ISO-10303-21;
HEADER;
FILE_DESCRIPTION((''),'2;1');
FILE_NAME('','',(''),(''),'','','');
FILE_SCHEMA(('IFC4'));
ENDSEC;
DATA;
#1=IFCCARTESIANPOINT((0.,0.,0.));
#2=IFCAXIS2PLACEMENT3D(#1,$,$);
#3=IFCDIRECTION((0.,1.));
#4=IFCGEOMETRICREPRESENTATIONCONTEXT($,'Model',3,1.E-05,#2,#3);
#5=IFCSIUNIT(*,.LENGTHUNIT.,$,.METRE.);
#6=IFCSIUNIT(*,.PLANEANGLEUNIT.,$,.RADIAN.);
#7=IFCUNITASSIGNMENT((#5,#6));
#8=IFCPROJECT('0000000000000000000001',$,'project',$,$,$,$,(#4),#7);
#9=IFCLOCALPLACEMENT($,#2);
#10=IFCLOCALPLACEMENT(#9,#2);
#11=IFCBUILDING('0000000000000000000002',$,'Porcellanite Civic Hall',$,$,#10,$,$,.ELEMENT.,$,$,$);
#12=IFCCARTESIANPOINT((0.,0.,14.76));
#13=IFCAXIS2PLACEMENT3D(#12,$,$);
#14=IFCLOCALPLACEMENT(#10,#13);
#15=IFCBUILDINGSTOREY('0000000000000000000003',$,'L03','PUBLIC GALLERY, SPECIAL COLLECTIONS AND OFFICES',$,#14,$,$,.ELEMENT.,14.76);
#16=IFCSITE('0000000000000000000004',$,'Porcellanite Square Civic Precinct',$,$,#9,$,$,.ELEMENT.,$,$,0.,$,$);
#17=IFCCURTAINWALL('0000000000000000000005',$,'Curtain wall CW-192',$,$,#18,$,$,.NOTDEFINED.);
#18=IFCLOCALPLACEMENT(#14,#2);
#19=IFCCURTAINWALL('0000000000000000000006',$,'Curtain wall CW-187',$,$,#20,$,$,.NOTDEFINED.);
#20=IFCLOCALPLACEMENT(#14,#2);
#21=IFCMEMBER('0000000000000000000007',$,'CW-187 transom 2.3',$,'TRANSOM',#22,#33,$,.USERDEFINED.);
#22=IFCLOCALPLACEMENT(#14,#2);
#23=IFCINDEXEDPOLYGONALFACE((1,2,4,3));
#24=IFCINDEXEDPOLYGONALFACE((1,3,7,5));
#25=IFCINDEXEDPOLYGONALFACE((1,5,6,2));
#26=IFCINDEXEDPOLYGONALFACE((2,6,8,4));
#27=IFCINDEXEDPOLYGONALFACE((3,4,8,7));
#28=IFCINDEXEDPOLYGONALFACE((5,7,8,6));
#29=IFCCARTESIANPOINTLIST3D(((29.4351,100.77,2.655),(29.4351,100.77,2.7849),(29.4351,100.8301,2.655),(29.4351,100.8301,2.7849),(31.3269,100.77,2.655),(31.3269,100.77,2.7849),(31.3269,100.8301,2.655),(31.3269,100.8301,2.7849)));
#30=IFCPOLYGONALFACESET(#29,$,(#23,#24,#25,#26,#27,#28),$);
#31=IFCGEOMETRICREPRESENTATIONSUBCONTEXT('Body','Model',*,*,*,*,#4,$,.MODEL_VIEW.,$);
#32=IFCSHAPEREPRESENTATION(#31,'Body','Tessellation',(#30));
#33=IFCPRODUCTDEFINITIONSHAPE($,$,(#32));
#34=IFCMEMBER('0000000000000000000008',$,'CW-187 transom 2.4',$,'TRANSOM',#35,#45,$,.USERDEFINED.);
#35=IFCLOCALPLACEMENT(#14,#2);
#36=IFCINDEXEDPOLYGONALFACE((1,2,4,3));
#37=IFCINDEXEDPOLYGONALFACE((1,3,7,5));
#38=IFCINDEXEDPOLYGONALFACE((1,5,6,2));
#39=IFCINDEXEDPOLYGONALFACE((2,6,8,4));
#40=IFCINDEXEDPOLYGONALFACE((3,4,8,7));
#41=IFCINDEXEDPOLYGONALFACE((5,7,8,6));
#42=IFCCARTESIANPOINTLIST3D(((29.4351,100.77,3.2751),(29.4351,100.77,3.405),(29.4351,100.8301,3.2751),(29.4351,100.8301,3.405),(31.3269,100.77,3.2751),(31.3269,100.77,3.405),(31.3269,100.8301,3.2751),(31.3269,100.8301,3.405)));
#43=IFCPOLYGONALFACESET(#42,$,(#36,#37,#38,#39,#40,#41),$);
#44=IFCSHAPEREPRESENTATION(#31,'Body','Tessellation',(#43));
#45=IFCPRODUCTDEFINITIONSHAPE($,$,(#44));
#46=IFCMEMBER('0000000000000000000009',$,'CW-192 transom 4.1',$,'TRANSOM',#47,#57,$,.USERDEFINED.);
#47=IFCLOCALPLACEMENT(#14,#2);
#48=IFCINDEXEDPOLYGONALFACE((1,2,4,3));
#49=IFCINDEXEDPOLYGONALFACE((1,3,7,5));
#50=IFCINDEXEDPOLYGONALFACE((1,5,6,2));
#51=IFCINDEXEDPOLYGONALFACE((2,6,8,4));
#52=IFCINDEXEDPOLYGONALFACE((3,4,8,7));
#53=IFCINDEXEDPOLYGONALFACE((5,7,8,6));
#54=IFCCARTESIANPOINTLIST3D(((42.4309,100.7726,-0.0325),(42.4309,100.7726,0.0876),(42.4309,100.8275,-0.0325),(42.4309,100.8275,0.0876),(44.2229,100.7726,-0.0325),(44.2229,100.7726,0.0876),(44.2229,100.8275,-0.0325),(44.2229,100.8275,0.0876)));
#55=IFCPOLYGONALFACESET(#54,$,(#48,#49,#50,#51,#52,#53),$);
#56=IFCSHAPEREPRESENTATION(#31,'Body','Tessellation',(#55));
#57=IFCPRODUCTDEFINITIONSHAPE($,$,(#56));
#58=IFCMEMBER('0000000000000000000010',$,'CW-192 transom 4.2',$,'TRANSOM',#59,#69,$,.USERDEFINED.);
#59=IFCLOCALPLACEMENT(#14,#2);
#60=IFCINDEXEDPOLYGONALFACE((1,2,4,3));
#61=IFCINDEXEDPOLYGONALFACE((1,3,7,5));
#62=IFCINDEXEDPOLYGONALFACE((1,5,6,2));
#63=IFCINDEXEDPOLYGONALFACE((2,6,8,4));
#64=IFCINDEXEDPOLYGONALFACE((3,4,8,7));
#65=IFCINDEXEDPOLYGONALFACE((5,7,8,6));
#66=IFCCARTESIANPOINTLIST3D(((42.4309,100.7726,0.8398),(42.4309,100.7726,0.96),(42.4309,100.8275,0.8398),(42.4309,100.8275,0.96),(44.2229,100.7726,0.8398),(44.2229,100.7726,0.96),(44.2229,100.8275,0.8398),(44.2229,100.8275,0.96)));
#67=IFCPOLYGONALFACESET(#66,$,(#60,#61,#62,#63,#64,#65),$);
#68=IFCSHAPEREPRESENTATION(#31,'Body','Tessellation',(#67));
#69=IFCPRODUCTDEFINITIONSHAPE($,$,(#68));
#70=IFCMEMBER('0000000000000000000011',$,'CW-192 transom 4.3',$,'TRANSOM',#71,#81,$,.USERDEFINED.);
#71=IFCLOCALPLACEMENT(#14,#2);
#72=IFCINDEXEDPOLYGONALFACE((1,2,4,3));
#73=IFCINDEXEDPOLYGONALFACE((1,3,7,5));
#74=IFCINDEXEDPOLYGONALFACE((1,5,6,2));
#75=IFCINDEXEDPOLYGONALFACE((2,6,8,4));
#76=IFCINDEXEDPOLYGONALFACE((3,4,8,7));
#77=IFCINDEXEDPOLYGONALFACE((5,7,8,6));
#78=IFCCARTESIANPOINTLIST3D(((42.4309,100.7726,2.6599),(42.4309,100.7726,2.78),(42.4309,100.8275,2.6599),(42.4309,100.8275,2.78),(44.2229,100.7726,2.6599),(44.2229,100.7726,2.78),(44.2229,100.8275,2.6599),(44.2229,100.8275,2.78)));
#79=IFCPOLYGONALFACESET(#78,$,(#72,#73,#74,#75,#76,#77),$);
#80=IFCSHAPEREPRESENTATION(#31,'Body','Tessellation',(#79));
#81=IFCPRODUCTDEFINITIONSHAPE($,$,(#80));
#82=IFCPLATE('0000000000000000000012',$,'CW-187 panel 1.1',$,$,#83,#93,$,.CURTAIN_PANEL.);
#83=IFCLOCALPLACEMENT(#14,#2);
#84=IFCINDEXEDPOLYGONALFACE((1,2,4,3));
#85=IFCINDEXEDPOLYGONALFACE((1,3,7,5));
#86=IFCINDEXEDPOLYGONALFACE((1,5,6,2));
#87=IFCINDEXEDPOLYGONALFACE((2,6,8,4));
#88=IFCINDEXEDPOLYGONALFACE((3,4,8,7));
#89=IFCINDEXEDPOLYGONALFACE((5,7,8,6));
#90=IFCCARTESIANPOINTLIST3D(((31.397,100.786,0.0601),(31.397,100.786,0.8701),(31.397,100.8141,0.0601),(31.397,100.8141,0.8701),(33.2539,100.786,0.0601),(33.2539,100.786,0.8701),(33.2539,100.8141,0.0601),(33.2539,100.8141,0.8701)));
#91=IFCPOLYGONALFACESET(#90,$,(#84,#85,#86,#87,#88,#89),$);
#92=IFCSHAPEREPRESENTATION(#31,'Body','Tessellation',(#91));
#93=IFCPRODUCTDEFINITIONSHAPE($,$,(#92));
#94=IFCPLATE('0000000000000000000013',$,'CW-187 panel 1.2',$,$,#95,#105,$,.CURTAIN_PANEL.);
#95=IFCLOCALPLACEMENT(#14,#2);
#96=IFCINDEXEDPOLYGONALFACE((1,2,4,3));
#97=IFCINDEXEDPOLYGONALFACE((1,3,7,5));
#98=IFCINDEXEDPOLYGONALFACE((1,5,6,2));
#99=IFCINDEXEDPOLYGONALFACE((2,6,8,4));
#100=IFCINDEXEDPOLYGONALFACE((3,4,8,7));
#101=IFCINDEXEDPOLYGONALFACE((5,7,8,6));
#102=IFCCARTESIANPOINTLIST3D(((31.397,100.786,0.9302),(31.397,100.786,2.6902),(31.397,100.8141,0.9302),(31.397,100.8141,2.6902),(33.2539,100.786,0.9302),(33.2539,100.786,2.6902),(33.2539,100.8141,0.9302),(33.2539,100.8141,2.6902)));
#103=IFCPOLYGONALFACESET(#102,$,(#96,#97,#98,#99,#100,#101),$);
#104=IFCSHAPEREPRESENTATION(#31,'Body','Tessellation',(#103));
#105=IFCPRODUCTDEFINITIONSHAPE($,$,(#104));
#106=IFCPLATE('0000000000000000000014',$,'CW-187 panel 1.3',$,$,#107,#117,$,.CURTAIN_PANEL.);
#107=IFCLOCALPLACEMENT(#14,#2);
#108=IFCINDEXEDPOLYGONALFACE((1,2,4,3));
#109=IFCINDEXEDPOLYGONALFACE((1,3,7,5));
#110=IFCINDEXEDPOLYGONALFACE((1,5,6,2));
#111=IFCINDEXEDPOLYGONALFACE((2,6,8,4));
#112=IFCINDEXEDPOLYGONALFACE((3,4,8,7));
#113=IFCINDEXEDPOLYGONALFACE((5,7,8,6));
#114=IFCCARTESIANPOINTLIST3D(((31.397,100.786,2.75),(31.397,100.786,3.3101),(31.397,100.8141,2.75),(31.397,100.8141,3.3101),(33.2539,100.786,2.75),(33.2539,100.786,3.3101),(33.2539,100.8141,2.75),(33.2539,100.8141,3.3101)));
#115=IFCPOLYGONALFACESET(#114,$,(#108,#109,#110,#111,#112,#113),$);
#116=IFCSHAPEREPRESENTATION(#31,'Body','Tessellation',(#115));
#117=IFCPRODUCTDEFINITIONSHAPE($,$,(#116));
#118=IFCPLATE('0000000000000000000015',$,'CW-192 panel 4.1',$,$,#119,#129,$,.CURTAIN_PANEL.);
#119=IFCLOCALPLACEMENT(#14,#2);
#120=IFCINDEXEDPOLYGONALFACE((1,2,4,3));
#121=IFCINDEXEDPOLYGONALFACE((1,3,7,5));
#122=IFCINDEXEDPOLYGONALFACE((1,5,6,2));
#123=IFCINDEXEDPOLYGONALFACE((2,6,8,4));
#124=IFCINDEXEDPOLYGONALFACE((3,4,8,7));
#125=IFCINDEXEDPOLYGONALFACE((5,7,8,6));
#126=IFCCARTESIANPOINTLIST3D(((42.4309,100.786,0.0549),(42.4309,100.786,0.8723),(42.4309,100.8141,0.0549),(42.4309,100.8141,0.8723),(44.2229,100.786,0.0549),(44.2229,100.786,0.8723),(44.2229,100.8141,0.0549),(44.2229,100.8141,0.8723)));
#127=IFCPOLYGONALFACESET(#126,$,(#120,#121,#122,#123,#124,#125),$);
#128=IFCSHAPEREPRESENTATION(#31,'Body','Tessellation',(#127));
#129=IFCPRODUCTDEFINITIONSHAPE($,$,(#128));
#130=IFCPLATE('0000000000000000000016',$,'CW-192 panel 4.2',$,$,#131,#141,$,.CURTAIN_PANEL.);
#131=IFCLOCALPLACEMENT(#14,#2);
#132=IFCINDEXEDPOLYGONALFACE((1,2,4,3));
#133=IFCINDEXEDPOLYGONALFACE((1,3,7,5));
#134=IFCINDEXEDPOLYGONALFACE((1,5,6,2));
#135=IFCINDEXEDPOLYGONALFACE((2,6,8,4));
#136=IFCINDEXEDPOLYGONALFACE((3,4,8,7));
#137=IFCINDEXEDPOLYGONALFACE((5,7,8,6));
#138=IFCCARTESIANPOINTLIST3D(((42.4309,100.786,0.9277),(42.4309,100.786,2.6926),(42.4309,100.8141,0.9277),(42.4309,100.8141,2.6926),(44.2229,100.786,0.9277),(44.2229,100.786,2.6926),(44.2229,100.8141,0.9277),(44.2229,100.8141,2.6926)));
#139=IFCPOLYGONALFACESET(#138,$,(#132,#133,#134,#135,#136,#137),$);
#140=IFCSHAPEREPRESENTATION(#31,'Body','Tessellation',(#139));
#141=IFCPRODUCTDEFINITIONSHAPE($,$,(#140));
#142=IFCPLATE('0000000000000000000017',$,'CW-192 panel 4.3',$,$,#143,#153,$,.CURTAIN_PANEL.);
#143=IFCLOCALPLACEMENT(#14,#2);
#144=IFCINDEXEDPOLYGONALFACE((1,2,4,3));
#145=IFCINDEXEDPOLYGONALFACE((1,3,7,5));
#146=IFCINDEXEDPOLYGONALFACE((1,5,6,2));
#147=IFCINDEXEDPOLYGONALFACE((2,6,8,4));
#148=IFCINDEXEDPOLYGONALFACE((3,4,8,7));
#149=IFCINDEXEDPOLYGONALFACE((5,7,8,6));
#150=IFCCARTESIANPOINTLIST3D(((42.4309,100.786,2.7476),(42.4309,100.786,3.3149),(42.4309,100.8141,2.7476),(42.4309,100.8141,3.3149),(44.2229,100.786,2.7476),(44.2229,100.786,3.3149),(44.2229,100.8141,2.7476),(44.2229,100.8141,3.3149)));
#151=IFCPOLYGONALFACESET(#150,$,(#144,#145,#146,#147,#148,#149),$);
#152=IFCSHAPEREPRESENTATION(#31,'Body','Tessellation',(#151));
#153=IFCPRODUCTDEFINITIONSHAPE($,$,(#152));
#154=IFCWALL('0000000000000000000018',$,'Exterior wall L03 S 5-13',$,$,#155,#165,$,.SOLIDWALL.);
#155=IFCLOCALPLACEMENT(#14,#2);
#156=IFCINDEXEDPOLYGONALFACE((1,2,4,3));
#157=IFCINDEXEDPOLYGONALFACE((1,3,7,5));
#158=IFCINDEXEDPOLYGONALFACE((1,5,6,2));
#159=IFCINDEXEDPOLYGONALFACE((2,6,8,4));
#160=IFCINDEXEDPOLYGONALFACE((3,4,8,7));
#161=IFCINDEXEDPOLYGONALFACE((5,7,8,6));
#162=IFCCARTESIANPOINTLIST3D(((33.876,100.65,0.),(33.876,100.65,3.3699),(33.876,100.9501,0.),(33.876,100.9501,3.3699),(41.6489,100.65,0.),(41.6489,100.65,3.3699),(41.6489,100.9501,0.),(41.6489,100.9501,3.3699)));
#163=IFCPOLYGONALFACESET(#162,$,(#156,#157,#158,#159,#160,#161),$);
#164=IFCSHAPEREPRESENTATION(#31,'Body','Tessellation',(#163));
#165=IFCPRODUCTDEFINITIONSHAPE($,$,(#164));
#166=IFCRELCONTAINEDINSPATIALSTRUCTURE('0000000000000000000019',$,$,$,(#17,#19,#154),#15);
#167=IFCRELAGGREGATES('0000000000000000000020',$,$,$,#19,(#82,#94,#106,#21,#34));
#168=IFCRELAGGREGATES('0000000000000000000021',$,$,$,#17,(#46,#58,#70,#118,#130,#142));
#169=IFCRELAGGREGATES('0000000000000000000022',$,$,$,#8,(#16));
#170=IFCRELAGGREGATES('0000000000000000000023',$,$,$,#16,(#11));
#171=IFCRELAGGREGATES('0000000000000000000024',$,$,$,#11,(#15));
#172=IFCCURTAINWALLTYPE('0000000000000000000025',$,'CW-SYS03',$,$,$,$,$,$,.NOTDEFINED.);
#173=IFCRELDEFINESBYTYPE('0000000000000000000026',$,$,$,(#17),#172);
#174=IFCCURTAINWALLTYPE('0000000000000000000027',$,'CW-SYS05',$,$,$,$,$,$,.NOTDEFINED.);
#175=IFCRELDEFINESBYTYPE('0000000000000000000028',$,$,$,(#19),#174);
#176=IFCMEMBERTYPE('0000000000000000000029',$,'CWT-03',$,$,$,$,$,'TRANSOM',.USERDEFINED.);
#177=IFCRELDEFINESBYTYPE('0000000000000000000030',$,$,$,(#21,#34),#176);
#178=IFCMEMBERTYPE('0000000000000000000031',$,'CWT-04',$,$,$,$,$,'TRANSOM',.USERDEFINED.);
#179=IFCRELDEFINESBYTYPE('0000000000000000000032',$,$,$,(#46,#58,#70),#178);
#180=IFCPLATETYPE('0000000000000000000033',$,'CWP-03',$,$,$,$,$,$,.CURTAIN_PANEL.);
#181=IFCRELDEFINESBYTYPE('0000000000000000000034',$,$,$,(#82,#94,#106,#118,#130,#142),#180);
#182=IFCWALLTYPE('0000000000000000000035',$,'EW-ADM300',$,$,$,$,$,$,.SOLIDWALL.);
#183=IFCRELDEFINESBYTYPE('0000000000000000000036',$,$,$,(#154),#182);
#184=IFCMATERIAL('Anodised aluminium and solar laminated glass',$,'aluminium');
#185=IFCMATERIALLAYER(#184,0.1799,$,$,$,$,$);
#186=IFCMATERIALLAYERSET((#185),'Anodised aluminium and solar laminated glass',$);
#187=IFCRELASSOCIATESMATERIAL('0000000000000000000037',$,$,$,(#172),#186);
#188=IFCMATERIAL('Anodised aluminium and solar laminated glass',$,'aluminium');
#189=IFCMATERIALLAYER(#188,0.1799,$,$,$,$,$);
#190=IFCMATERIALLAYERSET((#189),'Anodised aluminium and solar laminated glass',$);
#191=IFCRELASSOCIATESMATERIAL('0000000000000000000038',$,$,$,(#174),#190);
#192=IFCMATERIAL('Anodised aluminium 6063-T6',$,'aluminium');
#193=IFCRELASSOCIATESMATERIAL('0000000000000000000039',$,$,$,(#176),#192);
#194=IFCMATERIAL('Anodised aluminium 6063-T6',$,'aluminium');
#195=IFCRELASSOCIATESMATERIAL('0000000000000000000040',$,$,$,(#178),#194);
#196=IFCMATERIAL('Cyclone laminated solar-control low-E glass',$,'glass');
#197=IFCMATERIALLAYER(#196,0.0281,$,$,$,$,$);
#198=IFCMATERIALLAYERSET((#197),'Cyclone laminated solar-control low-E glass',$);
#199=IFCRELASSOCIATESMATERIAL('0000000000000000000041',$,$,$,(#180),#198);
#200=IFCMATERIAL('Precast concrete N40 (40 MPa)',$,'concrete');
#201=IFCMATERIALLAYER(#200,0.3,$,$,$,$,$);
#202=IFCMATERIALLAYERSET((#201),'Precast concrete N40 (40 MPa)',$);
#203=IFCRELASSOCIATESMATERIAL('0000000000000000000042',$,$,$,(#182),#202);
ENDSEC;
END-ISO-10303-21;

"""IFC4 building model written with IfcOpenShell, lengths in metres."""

from ifc_helpers import new_model, si_unit, direction, frame, frame_2d, origin, origin_2d, place, context, subcontext, project, spatial, rectangle, extrude, material, layer, layer_set, material_profile, profile_set, type_object, element, aggregate, save


model = new_model("IFC4")

# Units and contexts
model_context = context("Model", 3, precision=1e-05, world=origin(), true_north=direction((0.0, 1.0)))
body_context = subcontext(model_context, "Body", "Model", "MODEL_VIEW")
ifc_project = project(units=[si_unit("LENGTHUNIT", "METRE"), si_unit("PLANEANGLEUNIT", "RADIAN")], contexts=[model_context])

# Site, building, storey
site_placement = place(None, origin())
site = spatial("IfcSite", under=ifc_project, at=site_placement, Name="Porcellanite Square Civic Precinct", CompositionType="ELEMENT", RefElevation=0.0)
building_placement = place(site_placement, origin())
building = spatial("IfcBuilding", under=site, at=building_placement, Name="Porcellanite Civic Hall", CompositionType="ELEMENT")
storey_placement = place(building_placement, frame((0.0, 0.0, 14.76)))
storey = spatial("IfcBuildingStorey", under=building, at=storey_placement, Name="L03", Description="PUBLIC GALLERY, SPECIAL COLLECTIONS AND OFFICES", CompositionType="ELEMENT", Elevation=14.76)

# Curtain wall
ifc_material_1 = material(Name="Anodised aluminium and solar laminated glass", Category="aluminium")
ifc_layer_1 = layer(ifc_material_1, 0.1799)
ifc_layer_set_1 = layer_set([ifc_layer_1], Name="Anodised aluminium and solar laminated glass")
curtain_wall_type_1 = type_object("IfcCurtainWallType", Name="CW-SYS03", PredefinedType="NOTDEFINED", material=ifc_layer_set_1)
curtain_wall_1_placement = place(storey_placement, origin())
curtain_wall_1 = element("IfcCurtainWall", 1, at=curtain_wall_1_placement, inside=storey, type_object=curtain_wall_type_1, Name="Curtain wall CW-192", PredefinedType="NOTDEFINED")

# Curtain wall, members
ifc_material_2 = material(Name="Anodised aluminium and solar laminated glass", Category="aluminium")
ifc_layer_2 = layer(ifc_material_2, 0.1799)
ifc_layer_set_2 = layer_set([ifc_layer_2], Name="Anodised aluminium and solar laminated glass")
curtain_wall_type_2 = type_object("IfcCurtainWallType", Name="CW-SYS05", PredefinedType="NOTDEFINED", material=ifc_layer_set_2)
curtain_wall_2_placement = place(storey_placement, origin())
curtain_wall_2 = element("IfcCurtainWall", 2, at=curtain_wall_2_placement, inside=storey, type_object=curtain_wall_type_2, Name="Curtain wall CW-187", PredefinedType="NOTDEFINED")
ifc_material_3 = material(Name="Anodised aluminium 6063-T6", Category="aluminium")
ifc_material_profile_1 = material_profile(ifc_material_3, rectangle(XDim=0.0601, YDim=0.1299, at=origin_2d()), Name="AL-60x130")
ifc_profile_set_1 = profile_set([ifc_material_profile_1], Name="Anodised aluminium 6063-T6")
member_type_1 = type_object("IfcMemberType", Name="CWT-03", ElementType="TRANSOM", PredefinedType="USERDEFINED", material=ifc_profile_set_1)
member_1_placement = place(storey_placement, frame((31.3269, 100.8, 2.72), z_axis=(-1.0, 0.0, 0.0), x_axis=(0.0, -1.0, 0.0)))
member_1 = element("IfcMember", 3, at=member_1_placement, type_object=member_type_1, Name="CW-187 transom 2.3", ObjectType="TRANSOM", PredefinedType="USERDEFINED", context=body_context, shape_type="SweptSolid", body=[
    extrude(rectangle(XDim=0.0601, YDim=0.1299, at=origin_2d()), origin(), (0.0, 0.0, 1.0), 1.8918),
])
member_2_placement = place(storey_placement, frame((31.3269, 100.8, 3.3401), z_axis=(-1.0, 0.0, 0.0), x_axis=(0.0, -1.0, 0.0)))
member_2 = element("IfcMember", 4, at=member_2_placement, type_object=member_type_1, Name="CW-187 transom 2.4", ObjectType="TRANSOM", PredefinedType="USERDEFINED", context=body_context, shape_type="SweptSolid", body=[
    extrude(rectangle(XDim=0.0601, YDim=0.1299, at=origin_2d()), origin(), (0.0, 0.0, 1.0), 1.8918),
])

# Members
ifc_material_4 = material(Name="Anodised aluminium 6063-T6", Category="aluminium")
ifc_material_profile_2 = material_profile(ifc_material_4, rectangle(XDim=0.0549, YDim=0.1201, at=origin_2d()), Name="AL-55x120")
ifc_profile_set_2 = profile_set([ifc_material_profile_2], Name="Anodised aluminium 6063-T6")
member_type_2 = type_object("IfcMemberType", Name="CWT-04", ElementType="TRANSOM", PredefinedType="USERDEFINED", material=ifc_profile_set_2)
member_3_placement = place(storey_placement, frame((44.2229, 100.8, 0.0276), z_axis=(-1.0, 0.0, 0.0), x_axis=(0.0, -1.0, 0.0)))
member_3 = element("IfcMember", 5, at=member_3_placement, type_object=member_type_2, Name="CW-192 transom 4.1", ObjectType="TRANSOM", PredefinedType="USERDEFINED", context=body_context, shape_type="SweptSolid", body=[
    extrude(rectangle(XDim=0.0549, YDim=0.1201, at=origin_2d()), origin(), (0.0, 0.0, 1.0), 1.792),
])
member_4_placement = place(storey_placement, frame((44.2229, 100.8, 0.8999), z_axis=(-1.0, 0.0, 0.0), x_axis=(0.0, -1.0, 0.0)))
member_4 = element("IfcMember", 6, at=member_4_placement, type_object=member_type_2, Name="CW-192 transom 4.2", ObjectType="TRANSOM", PredefinedType="USERDEFINED", context=body_context, shape_type="SweptSolid", body=[
    extrude(rectangle(XDim=0.0549, YDim=0.1201, at=origin_2d()), origin(), (0.0, 0.0, 1.0), 1.792),
])
member_5_placement = place(storey_placement, frame((44.2229, 100.8, 2.72), z_axis=(-1.0, 0.0, 0.0), x_axis=(0.0, -1.0, 0.0)))
member_5 = element("IfcMember", 7, at=member_5_placement, type_object=member_type_2, Name="CW-192 transom 4.3", ObjectType="TRANSOM", PredefinedType="USERDEFINED", context=body_context, shape_type="SweptSolid", body=[
    extrude(rectangle(XDim=0.0549, YDim=0.1201, at=origin_2d()), origin(), (0.0, 0.0, 1.0), 1.792),
])

# Plates
ifc_material_5 = material(Name="Cyclone laminated solar-control low-E glass", Category="glass")
ifc_layer_3 = layer(ifc_material_5, 0.0281)
ifc_layer_set_3 = layer_set([ifc_layer_3], Name="Cyclone laminated solar-control low-E glass")
plate_type = type_object("IfcPlateType", Name="CWP-03", PredefinedType="CURTAIN_PANEL", material=ifc_layer_set_3)
plate_1_placement = place(storey_placement, frame((32.3254, 100.8, 0.0601), z_axis=(0.0, 0.0, 1.0), x_axis=(-1.0, 0.0, 0.0)))
plate_1 = element("IfcPlate", 8, at=plate_1_placement, type_object=plate_type, Name="CW-187 panel 1.1", PredefinedType="CURTAIN_PANEL", context=body_context, shape_type="SweptSolid", body=[
    extrude(rectangle(XDim=1.8569, YDim=0.0281, at=origin_2d()), origin(), (0.0, 0.0, 1.0), 0.8101),
])
plate_2_placement = place(storey_placement, frame((32.3254, 100.8, 0.9302), z_axis=(0.0, 0.0, 1.0), x_axis=(-1.0, 0.0, 0.0)))
plate_2 = element("IfcPlate", 9, at=plate_2_placement, type_object=plate_type, Name="CW-187 panel 1.2", PredefinedType="CURTAIN_PANEL", context=body_context, shape_type="SweptSolid", body=[
    extrude(rectangle(XDim=1.8569, YDim=0.0281, at=origin_2d()), origin(), (0.0, 0.0, 1.0), 1.76),
])
plate_3_placement = place(storey_placement, frame((32.3254, 100.8, 2.75), z_axis=(0.0, 0.0, 1.0), x_axis=(-1.0, 0.0, 0.0)))
plate_3 = element("IfcPlate", 10, at=plate_3_placement, type_object=plate_type, Name="CW-187 panel 1.3", PredefinedType="CURTAIN_PANEL", context=body_context, shape_type="SweptSolid", body=[
    extrude(rectangle(XDim=1.8569, YDim=0.0281, at=origin_2d()), origin(), (0.0, 0.0, 1.0), 0.5601),
])
aggregate(curtain_wall_2, [plate_1, plate_2, plate_3, member_1, member_2])
plate_4_placement = place(storey_placement, frame((43.3269, 100.8, 0.0549), z_axis=(0.0, 0.0, 1.0), x_axis=(-1.0, 0.0, 0.0)))
plate_4 = element("IfcPlate", 11, at=plate_4_placement, type_object=plate_type, Name="CW-192 panel 4.1", PredefinedType="CURTAIN_PANEL", context=body_context, shape_type="SweptSolid", body=[
    extrude(rectangle(XDim=1.792, YDim=0.0281, at=origin_2d()), origin(), (0.0, 0.0, 1.0), 0.8174),
])
plate_5_placement = place(storey_placement, frame((43.3269, 100.8, 0.9277), z_axis=(0.0, 0.0, 1.0), x_axis=(-1.0, 0.0, 0.0)))
plate_5 = element("IfcPlate", 12, at=plate_5_placement, type_object=plate_type, Name="CW-192 panel 4.2", PredefinedType="CURTAIN_PANEL", context=body_context, shape_type="SweptSolid", body=[
    extrude(rectangle(XDim=1.792, YDim=0.0281, at=origin_2d()), origin(), (0.0, 0.0, 1.0), 1.7649),
])
plate_6_placement = place(storey_placement, frame((43.3269, 100.8, 2.7476), z_axis=(0.0, 0.0, 1.0), x_axis=(-1.0, 0.0, 0.0)))
plate_6 = element("IfcPlate", 13, at=plate_6_placement, type_object=plate_type, Name="CW-192 panel 4.3", PredefinedType="CURTAIN_PANEL", context=body_context, shape_type="SweptSolid", body=[
    extrude(rectangle(XDim=1.792, YDim=0.0281, at=origin_2d()), origin(), (0.0, 0.0, 1.0), 0.5674),
])
aggregate(curtain_wall_1, [member_3, member_4, member_5, plate_4, plate_5, plate_6])

# Wall
ifc_material_6 = material(Name="Precast concrete N40 (40 MPa)", Category="concrete")
ifc_layer_4 = layer(ifc_material_6, 0.3)
ifc_layer_set_4 = layer_set([ifc_layer_4], Name="Precast concrete N40 (40 MPa)")
wall_type = type_object("IfcWallType", Name="EW-ADM300", PredefinedType="SOLIDWALL", material=ifc_layer_set_4)
wall_placement = place(storey_placement, frame((41.6489, 100.8, 0.0), z_axis=(0.0, 0.0, 1.0), x_axis=(-1.0, 0.0, 0.0)))
element("IfcWall", 14, at=wall_placement, inside=storey, type_object=wall_type, Name="Exterior wall L03 S 5-13", PredefinedType="SOLIDWALL", context=body_context, shape_type="SweptSolid", body=[
    extrude(rectangle(XDim=7.7729, YDim=0.3, at=frame_2d((3.8865, 0.0))), origin(), (0.0, 0.0, 1.0), 3.3699),
])

save(model, "model.ifc")
